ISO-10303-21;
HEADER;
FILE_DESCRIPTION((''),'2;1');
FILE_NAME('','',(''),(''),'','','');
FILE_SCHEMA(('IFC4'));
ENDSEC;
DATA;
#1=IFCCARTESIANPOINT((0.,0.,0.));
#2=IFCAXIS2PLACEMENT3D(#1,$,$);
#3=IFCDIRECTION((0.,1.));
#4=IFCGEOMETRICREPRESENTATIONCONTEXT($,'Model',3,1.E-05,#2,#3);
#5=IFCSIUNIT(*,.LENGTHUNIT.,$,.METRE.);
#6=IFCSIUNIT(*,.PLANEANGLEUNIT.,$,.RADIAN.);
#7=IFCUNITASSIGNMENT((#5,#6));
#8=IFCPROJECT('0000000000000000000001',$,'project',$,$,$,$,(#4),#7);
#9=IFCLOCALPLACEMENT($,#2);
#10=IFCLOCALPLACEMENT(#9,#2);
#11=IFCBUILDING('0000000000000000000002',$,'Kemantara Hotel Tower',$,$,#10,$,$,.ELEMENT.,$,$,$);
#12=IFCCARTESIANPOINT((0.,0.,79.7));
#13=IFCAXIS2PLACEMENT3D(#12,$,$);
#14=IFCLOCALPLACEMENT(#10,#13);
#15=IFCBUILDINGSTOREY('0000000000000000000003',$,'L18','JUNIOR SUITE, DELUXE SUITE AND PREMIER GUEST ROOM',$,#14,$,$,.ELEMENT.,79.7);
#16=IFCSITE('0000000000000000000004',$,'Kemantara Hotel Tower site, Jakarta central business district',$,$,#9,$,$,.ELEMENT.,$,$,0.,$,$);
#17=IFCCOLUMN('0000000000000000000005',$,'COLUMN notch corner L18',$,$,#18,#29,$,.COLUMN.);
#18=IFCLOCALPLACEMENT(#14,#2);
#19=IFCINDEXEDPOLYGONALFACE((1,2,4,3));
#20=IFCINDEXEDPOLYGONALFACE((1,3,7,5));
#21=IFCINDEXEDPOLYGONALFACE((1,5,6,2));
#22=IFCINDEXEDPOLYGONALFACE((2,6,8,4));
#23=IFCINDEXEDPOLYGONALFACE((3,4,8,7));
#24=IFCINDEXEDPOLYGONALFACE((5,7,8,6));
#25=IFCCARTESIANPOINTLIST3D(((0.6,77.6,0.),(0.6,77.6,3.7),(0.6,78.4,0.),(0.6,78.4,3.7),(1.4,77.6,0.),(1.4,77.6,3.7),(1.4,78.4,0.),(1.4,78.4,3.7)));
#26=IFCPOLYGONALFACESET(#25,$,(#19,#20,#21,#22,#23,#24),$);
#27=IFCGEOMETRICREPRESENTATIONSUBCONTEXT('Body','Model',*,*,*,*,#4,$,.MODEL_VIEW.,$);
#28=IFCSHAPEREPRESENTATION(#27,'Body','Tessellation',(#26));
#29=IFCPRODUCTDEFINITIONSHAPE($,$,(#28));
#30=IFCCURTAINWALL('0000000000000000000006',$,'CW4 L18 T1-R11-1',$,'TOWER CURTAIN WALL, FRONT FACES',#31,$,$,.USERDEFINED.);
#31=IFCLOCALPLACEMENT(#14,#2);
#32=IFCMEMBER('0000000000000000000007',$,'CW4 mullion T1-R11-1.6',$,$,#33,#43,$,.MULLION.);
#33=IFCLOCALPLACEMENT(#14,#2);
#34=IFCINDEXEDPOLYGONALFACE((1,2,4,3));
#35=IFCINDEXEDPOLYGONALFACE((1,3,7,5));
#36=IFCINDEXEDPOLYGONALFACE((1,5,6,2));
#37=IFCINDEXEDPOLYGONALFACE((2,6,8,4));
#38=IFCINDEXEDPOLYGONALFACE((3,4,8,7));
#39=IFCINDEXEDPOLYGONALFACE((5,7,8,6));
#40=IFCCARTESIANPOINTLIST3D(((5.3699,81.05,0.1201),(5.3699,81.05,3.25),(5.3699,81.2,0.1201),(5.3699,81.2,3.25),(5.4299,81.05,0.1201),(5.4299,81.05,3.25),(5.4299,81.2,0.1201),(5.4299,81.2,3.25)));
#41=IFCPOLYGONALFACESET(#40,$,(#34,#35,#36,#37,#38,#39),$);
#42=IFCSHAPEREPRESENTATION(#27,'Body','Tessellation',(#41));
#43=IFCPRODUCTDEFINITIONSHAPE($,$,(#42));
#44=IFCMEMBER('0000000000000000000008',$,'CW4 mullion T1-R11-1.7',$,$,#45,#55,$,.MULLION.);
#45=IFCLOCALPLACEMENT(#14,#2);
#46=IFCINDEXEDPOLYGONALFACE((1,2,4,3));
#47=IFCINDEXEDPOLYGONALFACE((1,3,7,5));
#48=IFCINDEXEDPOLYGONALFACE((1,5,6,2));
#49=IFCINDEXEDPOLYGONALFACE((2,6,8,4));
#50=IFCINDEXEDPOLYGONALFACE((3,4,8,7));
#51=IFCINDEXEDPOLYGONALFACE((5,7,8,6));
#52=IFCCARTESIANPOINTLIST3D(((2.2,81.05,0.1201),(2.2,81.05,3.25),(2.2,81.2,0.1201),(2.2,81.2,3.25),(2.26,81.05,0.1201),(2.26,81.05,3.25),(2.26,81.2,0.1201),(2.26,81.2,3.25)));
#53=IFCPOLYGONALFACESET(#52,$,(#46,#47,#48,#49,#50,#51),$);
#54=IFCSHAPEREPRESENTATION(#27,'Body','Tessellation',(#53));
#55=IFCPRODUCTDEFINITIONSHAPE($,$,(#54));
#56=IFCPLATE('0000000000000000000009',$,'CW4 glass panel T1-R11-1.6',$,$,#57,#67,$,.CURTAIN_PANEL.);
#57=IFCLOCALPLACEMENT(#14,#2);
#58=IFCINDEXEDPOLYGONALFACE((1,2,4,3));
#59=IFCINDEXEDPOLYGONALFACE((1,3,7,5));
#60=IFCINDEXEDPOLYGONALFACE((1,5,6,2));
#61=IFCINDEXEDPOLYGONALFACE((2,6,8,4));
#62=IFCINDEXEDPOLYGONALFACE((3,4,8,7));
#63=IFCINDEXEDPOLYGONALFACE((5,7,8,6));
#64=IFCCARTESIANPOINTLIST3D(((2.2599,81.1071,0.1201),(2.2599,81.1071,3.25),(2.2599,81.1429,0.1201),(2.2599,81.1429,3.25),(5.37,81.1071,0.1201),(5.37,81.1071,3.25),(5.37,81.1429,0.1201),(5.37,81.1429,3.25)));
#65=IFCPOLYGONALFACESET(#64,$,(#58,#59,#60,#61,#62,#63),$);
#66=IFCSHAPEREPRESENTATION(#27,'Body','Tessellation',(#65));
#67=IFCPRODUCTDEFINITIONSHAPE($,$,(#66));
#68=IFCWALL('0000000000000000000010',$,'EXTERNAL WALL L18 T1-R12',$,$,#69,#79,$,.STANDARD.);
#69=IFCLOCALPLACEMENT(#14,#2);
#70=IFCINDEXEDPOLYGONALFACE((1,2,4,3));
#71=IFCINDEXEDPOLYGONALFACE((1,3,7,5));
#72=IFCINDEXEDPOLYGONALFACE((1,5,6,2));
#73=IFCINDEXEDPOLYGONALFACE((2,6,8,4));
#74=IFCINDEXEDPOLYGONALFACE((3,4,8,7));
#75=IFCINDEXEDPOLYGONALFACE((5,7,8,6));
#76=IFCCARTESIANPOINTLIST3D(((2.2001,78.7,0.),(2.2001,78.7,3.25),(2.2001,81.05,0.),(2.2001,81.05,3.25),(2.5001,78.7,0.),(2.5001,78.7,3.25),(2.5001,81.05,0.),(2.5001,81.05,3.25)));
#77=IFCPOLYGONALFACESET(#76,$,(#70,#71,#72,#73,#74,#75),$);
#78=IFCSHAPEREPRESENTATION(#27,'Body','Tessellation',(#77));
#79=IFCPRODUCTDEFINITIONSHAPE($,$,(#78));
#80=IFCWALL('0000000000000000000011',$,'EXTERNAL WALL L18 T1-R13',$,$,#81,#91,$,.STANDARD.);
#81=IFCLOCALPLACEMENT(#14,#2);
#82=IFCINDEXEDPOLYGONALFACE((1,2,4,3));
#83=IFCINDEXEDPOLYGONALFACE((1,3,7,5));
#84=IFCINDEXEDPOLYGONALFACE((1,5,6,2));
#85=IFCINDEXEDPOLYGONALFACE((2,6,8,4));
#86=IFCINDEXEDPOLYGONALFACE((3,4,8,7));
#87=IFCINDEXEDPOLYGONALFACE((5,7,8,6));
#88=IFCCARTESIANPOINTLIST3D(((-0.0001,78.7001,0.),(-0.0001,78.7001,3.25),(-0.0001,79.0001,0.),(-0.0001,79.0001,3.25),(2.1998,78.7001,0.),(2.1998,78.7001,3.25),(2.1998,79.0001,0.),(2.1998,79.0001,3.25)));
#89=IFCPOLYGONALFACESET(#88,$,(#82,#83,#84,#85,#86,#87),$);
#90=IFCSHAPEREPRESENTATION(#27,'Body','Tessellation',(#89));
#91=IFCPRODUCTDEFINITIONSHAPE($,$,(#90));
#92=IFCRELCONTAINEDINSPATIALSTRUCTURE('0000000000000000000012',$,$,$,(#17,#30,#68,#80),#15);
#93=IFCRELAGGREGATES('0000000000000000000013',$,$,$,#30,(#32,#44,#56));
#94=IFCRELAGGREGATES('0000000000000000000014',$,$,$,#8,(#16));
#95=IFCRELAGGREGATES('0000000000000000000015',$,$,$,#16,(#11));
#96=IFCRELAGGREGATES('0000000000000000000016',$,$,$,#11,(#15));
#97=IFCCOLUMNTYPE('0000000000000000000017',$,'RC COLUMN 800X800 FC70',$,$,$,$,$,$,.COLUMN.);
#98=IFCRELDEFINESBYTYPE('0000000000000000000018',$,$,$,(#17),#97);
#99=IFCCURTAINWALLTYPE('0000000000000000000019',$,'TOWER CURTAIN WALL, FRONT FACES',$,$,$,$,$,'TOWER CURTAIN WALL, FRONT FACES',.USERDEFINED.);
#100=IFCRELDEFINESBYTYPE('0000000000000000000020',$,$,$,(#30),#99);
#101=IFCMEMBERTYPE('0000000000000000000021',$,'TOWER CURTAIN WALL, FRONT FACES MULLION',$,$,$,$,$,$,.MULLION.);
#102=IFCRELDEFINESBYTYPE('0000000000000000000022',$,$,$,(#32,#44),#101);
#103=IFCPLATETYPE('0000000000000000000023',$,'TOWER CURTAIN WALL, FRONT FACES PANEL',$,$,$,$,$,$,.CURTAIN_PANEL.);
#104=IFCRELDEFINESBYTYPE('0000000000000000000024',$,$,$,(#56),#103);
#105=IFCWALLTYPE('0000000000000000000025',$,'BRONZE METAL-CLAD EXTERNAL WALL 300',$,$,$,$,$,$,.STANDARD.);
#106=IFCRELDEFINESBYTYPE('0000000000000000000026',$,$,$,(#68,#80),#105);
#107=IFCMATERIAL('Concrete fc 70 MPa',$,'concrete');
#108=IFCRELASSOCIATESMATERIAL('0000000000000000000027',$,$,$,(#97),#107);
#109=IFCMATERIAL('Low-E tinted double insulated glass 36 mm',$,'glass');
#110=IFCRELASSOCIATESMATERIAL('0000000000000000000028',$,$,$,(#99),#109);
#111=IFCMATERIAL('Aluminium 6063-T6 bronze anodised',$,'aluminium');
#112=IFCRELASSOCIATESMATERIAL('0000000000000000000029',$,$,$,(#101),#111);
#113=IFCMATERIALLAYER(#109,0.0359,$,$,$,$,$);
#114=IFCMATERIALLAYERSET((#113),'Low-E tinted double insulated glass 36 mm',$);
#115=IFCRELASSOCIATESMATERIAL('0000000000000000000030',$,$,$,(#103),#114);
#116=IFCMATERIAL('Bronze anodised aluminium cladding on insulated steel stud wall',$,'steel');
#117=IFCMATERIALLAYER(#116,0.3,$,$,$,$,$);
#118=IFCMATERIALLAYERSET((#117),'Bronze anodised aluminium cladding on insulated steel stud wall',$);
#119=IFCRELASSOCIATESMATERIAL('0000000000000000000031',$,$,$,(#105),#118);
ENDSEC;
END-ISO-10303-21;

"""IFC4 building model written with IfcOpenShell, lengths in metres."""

from ifc_helpers import new_model, si_unit, direction, frame, frame_2d, origin, origin_2d, place, context, subcontext, project, spatial, rectangle, extrude, source, transform, mapped, material, layer, layer_set, material_profile, profile_set, type_object, element, aggregate, save


model = new_model("IFC4")

# Units and contexts
model_context = context("Model", 3, precision=1e-05, world=origin(), true_north=direction((0.0, 1.0)))
body_context = subcontext(model_context, "Body", "Model", "MODEL_VIEW")
ifc_project = project(units=[si_unit("LENGTHUNIT", "METRE"), si_unit("PLANEANGLEUNIT", "RADIAN")], contexts=[model_context])

# Site, building, storey
site_placement = place(None, origin())
site = spatial("IfcSite", under=ifc_project, at=site_placement, Name="Kemantara Hotel Tower site, Jakarta central business district", CompositionType="ELEMENT", RefElevation=0.0)
building_placement = place(site_placement, origin())
building = spatial("IfcBuilding", under=site, at=building_placement, Name="Kemantara Hotel Tower", CompositionType="ELEMENT")
storey_placement = place(building_placement, frame((0.0, 0.0, 79.7)))
storey = spatial("IfcBuildingStorey", under=building, at=storey_placement, Name="L18", Description="JUNIOR SUITE, DELUXE SUITE AND PREMIER GUEST ROOM", CompositionType="ELEMENT", Elevation=79.7)

# Column
ifc_material_1 = material(Name="Concrete fc 70 MPa", Category="concrete")
ifc_material_profile_1 = material_profile(ifc_material_1, rectangle(XDim=0.8, YDim=0.8, at=origin_2d()), Name="RC 800X800")
ifc_profile_set_1 = profile_set([ifc_material_profile_1], Name="Concrete fc 70 MPa")
column_type = type_object("IfcColumnType", Name="RC COLUMN 800X800 FC70", PredefinedType="COLUMN", material=ifc_profile_set_1)
column_placement = place(storey_placement, frame((1.0, 78.0, 0.0), z_axis=(0.0, 0.0, 1.0), x_axis=(1.0, 0.0, 0.0)))
element("IfcColumn", 1, at=column_placement, inside=storey, type_object=column_type, Name="COLUMN notch corner L18", PredefinedType="COLUMN", context=body_context, shape_type="SweptSolid", body=[
    extrude(rectangle(XDim=0.8, YDim=0.8, at=origin_2d()), origin(), (0.0, 0.0, 1.0), 3.7),
])

# Curtain wall, members, plate
ifc_material_2 = material(Name="Low-E tinted double insulated glass 36 mm", Category="glass")
curtain_wall_type = type_object("IfcCurtainWallType", Name="TOWER CURTAIN WALL, FRONT FACES", ElementType="TOWER CURTAIN WALL, FRONT FACES", PredefinedType="USERDEFINED", material=ifc_material_2)
curtain_wall_placement = place(storey_placement, origin())
curtain_wall = element("IfcCurtainWall", 2, at=curtain_wall_placement, inside=storey, type_object=curtain_wall_type, Name="CW4 L18 T1-R11-1", ObjectType="TOWER CURTAIN WALL, FRONT FACES", PredefinedType="USERDEFINED")
ifc_material_3 = material(Name="Aluminium 6063-T6 bronze anodised", Category="aluminium")
ifc_material_profile_2 = material_profile(ifc_material_3, rectangle(XDim=0.1499, YDim=0.0601, at=origin_2d()), Name="TOWER CURTAIN WALL, FRONT FACES MULLION")
ifc_profile_set_2 = profile_set([ifc_material_profile_2], Name="Aluminium 6063-T6 bronze anodised")
member_type = type_object("IfcMemberType", Name="TOWER CURTAIN WALL, FRONT FACES MULLION", PredefinedType="MULLION", material=ifc_profile_set_2)
shared_shape_1 = source(origin(), body_context, "Body", "SweptSolid", [
    extrude(rectangle(XDim=0.1499, YDim=0.0601, at=origin_2d()), origin(), (0.0, 0.0, 1.0), 3.1299),
])
member_1_placement = place(storey_placement, frame((5.3999, 81.125, 0.1201), z_axis=(0.0, 0.0, 1.0), x_axis=(0.0, -1.0, 0.0)))
member_1 = element("IfcMember", 3, at=member_1_placement, type_object=member_type, Name="CW4 mullion T1-R11-1.6", PredefinedType="MULLION", context=body_context, shape_type="MappedRepresentation", body=[
    mapped(shared_shape_1, transform((0.0, 0.0, 0.0))),
])
member_2_placement = place(storey_placement, frame((2.23, 81.125, 0.1201), z_axis=(0.0, 0.0, 1.0), x_axis=(0.0, -1.0, 0.0)))
member_2 = element("IfcMember", 4, at=member_2_placement, type_object=member_type, Name="CW4 mullion T1-R11-1.7", PredefinedType="MULLION", context=body_context, shape_type="MappedRepresentation", body=[
    mapped(shared_shape_1, transform((0.0, 0.0, 0.0))),
])
ifc_layer_1 = layer(ifc_material_2, 0.0359)
ifc_layer_set_1 = layer_set([ifc_layer_1], Name="Low-E tinted double insulated glass 36 mm")
plate_type = type_object("IfcPlateType", Name="TOWER CURTAIN WALL, FRONT FACES PANEL", PredefinedType="CURTAIN_PANEL", material=ifc_layer_set_1)
shared_shape_2 = source(origin(), body_context, "Body", "SweptSolid", [
    extrude(rectangle(XDim=3.1101, YDim=0.0359, at=origin_2d()), origin(), (0.0, 0.0, 1.0), 3.1299),
])
plate_placement = place(storey_placement, frame((3.8149, 81.125, 0.1201), z_axis=(0.0, 0.0, 1.0), x_axis=(-1.0, 0.0, 0.0)))
plate = element("IfcPlate", 5, at=plate_placement, type_object=plate_type, Name="CW4 glass panel T1-R11-1.6", PredefinedType="CURTAIN_PANEL", context=body_context, shape_type="MappedRepresentation", body=[
    mapped(shared_shape_2, transform((0.0, 0.0, 0.0))),
])
aggregate(curtain_wall, [member_1, member_2, plate])

# Walls
ifc_material_4 = material(Name="Bronze anodised aluminium cladding on insulated steel stud wall", Category="steel")
ifc_layer_2 = layer(ifc_material_4, 0.3)
ifc_layer_set_2 = layer_set([ifc_layer_2], Name="Bronze anodised aluminium cladding on insulated steel stud wall")
wall_type = type_object("IfcWallType", Name="BRONZE METAL-CLAD EXTERNAL WALL 300", PredefinedType="STANDARD", material=ifc_layer_set_2)
wall_1_placement = place(storey_placement, frame((2.3501, 81.05, 0.0), z_axis=(0.0, 0.0, 1.0), x_axis=(0.0, -1.0, 0.0)))
element("IfcWall", 6, at=wall_1_placement, inside=storey, type_object=wall_type, Name="EXTERNAL WALL L18 T1-R12", PredefinedType="STANDARD", context=body_context, shape_type="SweptSolid", body=[
    extrude(rectangle(XDim=2.3501, YDim=0.3, at=frame_2d((1.175, 0.0))), origin(), (0.0, 0.0, 1.0), 3.25),
])
wall_2_placement = place(storey_placement, frame((2.2, 78.8501, 0.0), z_axis=(0.0, 0.0, 1.0), x_axis=(-1.0, 0.0, 0.0)))
element("IfcWall", 7, at=wall_2_placement, inside=storey, type_object=wall_type, Name="EXTERNAL WALL L18 T1-R13", PredefinedType="STANDARD", context=body_context, shape_type="SweptSolid", body=[
    extrude(rectangle(XDim=2.2, YDim=0.3, at=frame_2d((1.1001, 0.0))), origin(), (0.0, 0.0, 1.0), 3.25),
])

save(model, "model.ifc")
